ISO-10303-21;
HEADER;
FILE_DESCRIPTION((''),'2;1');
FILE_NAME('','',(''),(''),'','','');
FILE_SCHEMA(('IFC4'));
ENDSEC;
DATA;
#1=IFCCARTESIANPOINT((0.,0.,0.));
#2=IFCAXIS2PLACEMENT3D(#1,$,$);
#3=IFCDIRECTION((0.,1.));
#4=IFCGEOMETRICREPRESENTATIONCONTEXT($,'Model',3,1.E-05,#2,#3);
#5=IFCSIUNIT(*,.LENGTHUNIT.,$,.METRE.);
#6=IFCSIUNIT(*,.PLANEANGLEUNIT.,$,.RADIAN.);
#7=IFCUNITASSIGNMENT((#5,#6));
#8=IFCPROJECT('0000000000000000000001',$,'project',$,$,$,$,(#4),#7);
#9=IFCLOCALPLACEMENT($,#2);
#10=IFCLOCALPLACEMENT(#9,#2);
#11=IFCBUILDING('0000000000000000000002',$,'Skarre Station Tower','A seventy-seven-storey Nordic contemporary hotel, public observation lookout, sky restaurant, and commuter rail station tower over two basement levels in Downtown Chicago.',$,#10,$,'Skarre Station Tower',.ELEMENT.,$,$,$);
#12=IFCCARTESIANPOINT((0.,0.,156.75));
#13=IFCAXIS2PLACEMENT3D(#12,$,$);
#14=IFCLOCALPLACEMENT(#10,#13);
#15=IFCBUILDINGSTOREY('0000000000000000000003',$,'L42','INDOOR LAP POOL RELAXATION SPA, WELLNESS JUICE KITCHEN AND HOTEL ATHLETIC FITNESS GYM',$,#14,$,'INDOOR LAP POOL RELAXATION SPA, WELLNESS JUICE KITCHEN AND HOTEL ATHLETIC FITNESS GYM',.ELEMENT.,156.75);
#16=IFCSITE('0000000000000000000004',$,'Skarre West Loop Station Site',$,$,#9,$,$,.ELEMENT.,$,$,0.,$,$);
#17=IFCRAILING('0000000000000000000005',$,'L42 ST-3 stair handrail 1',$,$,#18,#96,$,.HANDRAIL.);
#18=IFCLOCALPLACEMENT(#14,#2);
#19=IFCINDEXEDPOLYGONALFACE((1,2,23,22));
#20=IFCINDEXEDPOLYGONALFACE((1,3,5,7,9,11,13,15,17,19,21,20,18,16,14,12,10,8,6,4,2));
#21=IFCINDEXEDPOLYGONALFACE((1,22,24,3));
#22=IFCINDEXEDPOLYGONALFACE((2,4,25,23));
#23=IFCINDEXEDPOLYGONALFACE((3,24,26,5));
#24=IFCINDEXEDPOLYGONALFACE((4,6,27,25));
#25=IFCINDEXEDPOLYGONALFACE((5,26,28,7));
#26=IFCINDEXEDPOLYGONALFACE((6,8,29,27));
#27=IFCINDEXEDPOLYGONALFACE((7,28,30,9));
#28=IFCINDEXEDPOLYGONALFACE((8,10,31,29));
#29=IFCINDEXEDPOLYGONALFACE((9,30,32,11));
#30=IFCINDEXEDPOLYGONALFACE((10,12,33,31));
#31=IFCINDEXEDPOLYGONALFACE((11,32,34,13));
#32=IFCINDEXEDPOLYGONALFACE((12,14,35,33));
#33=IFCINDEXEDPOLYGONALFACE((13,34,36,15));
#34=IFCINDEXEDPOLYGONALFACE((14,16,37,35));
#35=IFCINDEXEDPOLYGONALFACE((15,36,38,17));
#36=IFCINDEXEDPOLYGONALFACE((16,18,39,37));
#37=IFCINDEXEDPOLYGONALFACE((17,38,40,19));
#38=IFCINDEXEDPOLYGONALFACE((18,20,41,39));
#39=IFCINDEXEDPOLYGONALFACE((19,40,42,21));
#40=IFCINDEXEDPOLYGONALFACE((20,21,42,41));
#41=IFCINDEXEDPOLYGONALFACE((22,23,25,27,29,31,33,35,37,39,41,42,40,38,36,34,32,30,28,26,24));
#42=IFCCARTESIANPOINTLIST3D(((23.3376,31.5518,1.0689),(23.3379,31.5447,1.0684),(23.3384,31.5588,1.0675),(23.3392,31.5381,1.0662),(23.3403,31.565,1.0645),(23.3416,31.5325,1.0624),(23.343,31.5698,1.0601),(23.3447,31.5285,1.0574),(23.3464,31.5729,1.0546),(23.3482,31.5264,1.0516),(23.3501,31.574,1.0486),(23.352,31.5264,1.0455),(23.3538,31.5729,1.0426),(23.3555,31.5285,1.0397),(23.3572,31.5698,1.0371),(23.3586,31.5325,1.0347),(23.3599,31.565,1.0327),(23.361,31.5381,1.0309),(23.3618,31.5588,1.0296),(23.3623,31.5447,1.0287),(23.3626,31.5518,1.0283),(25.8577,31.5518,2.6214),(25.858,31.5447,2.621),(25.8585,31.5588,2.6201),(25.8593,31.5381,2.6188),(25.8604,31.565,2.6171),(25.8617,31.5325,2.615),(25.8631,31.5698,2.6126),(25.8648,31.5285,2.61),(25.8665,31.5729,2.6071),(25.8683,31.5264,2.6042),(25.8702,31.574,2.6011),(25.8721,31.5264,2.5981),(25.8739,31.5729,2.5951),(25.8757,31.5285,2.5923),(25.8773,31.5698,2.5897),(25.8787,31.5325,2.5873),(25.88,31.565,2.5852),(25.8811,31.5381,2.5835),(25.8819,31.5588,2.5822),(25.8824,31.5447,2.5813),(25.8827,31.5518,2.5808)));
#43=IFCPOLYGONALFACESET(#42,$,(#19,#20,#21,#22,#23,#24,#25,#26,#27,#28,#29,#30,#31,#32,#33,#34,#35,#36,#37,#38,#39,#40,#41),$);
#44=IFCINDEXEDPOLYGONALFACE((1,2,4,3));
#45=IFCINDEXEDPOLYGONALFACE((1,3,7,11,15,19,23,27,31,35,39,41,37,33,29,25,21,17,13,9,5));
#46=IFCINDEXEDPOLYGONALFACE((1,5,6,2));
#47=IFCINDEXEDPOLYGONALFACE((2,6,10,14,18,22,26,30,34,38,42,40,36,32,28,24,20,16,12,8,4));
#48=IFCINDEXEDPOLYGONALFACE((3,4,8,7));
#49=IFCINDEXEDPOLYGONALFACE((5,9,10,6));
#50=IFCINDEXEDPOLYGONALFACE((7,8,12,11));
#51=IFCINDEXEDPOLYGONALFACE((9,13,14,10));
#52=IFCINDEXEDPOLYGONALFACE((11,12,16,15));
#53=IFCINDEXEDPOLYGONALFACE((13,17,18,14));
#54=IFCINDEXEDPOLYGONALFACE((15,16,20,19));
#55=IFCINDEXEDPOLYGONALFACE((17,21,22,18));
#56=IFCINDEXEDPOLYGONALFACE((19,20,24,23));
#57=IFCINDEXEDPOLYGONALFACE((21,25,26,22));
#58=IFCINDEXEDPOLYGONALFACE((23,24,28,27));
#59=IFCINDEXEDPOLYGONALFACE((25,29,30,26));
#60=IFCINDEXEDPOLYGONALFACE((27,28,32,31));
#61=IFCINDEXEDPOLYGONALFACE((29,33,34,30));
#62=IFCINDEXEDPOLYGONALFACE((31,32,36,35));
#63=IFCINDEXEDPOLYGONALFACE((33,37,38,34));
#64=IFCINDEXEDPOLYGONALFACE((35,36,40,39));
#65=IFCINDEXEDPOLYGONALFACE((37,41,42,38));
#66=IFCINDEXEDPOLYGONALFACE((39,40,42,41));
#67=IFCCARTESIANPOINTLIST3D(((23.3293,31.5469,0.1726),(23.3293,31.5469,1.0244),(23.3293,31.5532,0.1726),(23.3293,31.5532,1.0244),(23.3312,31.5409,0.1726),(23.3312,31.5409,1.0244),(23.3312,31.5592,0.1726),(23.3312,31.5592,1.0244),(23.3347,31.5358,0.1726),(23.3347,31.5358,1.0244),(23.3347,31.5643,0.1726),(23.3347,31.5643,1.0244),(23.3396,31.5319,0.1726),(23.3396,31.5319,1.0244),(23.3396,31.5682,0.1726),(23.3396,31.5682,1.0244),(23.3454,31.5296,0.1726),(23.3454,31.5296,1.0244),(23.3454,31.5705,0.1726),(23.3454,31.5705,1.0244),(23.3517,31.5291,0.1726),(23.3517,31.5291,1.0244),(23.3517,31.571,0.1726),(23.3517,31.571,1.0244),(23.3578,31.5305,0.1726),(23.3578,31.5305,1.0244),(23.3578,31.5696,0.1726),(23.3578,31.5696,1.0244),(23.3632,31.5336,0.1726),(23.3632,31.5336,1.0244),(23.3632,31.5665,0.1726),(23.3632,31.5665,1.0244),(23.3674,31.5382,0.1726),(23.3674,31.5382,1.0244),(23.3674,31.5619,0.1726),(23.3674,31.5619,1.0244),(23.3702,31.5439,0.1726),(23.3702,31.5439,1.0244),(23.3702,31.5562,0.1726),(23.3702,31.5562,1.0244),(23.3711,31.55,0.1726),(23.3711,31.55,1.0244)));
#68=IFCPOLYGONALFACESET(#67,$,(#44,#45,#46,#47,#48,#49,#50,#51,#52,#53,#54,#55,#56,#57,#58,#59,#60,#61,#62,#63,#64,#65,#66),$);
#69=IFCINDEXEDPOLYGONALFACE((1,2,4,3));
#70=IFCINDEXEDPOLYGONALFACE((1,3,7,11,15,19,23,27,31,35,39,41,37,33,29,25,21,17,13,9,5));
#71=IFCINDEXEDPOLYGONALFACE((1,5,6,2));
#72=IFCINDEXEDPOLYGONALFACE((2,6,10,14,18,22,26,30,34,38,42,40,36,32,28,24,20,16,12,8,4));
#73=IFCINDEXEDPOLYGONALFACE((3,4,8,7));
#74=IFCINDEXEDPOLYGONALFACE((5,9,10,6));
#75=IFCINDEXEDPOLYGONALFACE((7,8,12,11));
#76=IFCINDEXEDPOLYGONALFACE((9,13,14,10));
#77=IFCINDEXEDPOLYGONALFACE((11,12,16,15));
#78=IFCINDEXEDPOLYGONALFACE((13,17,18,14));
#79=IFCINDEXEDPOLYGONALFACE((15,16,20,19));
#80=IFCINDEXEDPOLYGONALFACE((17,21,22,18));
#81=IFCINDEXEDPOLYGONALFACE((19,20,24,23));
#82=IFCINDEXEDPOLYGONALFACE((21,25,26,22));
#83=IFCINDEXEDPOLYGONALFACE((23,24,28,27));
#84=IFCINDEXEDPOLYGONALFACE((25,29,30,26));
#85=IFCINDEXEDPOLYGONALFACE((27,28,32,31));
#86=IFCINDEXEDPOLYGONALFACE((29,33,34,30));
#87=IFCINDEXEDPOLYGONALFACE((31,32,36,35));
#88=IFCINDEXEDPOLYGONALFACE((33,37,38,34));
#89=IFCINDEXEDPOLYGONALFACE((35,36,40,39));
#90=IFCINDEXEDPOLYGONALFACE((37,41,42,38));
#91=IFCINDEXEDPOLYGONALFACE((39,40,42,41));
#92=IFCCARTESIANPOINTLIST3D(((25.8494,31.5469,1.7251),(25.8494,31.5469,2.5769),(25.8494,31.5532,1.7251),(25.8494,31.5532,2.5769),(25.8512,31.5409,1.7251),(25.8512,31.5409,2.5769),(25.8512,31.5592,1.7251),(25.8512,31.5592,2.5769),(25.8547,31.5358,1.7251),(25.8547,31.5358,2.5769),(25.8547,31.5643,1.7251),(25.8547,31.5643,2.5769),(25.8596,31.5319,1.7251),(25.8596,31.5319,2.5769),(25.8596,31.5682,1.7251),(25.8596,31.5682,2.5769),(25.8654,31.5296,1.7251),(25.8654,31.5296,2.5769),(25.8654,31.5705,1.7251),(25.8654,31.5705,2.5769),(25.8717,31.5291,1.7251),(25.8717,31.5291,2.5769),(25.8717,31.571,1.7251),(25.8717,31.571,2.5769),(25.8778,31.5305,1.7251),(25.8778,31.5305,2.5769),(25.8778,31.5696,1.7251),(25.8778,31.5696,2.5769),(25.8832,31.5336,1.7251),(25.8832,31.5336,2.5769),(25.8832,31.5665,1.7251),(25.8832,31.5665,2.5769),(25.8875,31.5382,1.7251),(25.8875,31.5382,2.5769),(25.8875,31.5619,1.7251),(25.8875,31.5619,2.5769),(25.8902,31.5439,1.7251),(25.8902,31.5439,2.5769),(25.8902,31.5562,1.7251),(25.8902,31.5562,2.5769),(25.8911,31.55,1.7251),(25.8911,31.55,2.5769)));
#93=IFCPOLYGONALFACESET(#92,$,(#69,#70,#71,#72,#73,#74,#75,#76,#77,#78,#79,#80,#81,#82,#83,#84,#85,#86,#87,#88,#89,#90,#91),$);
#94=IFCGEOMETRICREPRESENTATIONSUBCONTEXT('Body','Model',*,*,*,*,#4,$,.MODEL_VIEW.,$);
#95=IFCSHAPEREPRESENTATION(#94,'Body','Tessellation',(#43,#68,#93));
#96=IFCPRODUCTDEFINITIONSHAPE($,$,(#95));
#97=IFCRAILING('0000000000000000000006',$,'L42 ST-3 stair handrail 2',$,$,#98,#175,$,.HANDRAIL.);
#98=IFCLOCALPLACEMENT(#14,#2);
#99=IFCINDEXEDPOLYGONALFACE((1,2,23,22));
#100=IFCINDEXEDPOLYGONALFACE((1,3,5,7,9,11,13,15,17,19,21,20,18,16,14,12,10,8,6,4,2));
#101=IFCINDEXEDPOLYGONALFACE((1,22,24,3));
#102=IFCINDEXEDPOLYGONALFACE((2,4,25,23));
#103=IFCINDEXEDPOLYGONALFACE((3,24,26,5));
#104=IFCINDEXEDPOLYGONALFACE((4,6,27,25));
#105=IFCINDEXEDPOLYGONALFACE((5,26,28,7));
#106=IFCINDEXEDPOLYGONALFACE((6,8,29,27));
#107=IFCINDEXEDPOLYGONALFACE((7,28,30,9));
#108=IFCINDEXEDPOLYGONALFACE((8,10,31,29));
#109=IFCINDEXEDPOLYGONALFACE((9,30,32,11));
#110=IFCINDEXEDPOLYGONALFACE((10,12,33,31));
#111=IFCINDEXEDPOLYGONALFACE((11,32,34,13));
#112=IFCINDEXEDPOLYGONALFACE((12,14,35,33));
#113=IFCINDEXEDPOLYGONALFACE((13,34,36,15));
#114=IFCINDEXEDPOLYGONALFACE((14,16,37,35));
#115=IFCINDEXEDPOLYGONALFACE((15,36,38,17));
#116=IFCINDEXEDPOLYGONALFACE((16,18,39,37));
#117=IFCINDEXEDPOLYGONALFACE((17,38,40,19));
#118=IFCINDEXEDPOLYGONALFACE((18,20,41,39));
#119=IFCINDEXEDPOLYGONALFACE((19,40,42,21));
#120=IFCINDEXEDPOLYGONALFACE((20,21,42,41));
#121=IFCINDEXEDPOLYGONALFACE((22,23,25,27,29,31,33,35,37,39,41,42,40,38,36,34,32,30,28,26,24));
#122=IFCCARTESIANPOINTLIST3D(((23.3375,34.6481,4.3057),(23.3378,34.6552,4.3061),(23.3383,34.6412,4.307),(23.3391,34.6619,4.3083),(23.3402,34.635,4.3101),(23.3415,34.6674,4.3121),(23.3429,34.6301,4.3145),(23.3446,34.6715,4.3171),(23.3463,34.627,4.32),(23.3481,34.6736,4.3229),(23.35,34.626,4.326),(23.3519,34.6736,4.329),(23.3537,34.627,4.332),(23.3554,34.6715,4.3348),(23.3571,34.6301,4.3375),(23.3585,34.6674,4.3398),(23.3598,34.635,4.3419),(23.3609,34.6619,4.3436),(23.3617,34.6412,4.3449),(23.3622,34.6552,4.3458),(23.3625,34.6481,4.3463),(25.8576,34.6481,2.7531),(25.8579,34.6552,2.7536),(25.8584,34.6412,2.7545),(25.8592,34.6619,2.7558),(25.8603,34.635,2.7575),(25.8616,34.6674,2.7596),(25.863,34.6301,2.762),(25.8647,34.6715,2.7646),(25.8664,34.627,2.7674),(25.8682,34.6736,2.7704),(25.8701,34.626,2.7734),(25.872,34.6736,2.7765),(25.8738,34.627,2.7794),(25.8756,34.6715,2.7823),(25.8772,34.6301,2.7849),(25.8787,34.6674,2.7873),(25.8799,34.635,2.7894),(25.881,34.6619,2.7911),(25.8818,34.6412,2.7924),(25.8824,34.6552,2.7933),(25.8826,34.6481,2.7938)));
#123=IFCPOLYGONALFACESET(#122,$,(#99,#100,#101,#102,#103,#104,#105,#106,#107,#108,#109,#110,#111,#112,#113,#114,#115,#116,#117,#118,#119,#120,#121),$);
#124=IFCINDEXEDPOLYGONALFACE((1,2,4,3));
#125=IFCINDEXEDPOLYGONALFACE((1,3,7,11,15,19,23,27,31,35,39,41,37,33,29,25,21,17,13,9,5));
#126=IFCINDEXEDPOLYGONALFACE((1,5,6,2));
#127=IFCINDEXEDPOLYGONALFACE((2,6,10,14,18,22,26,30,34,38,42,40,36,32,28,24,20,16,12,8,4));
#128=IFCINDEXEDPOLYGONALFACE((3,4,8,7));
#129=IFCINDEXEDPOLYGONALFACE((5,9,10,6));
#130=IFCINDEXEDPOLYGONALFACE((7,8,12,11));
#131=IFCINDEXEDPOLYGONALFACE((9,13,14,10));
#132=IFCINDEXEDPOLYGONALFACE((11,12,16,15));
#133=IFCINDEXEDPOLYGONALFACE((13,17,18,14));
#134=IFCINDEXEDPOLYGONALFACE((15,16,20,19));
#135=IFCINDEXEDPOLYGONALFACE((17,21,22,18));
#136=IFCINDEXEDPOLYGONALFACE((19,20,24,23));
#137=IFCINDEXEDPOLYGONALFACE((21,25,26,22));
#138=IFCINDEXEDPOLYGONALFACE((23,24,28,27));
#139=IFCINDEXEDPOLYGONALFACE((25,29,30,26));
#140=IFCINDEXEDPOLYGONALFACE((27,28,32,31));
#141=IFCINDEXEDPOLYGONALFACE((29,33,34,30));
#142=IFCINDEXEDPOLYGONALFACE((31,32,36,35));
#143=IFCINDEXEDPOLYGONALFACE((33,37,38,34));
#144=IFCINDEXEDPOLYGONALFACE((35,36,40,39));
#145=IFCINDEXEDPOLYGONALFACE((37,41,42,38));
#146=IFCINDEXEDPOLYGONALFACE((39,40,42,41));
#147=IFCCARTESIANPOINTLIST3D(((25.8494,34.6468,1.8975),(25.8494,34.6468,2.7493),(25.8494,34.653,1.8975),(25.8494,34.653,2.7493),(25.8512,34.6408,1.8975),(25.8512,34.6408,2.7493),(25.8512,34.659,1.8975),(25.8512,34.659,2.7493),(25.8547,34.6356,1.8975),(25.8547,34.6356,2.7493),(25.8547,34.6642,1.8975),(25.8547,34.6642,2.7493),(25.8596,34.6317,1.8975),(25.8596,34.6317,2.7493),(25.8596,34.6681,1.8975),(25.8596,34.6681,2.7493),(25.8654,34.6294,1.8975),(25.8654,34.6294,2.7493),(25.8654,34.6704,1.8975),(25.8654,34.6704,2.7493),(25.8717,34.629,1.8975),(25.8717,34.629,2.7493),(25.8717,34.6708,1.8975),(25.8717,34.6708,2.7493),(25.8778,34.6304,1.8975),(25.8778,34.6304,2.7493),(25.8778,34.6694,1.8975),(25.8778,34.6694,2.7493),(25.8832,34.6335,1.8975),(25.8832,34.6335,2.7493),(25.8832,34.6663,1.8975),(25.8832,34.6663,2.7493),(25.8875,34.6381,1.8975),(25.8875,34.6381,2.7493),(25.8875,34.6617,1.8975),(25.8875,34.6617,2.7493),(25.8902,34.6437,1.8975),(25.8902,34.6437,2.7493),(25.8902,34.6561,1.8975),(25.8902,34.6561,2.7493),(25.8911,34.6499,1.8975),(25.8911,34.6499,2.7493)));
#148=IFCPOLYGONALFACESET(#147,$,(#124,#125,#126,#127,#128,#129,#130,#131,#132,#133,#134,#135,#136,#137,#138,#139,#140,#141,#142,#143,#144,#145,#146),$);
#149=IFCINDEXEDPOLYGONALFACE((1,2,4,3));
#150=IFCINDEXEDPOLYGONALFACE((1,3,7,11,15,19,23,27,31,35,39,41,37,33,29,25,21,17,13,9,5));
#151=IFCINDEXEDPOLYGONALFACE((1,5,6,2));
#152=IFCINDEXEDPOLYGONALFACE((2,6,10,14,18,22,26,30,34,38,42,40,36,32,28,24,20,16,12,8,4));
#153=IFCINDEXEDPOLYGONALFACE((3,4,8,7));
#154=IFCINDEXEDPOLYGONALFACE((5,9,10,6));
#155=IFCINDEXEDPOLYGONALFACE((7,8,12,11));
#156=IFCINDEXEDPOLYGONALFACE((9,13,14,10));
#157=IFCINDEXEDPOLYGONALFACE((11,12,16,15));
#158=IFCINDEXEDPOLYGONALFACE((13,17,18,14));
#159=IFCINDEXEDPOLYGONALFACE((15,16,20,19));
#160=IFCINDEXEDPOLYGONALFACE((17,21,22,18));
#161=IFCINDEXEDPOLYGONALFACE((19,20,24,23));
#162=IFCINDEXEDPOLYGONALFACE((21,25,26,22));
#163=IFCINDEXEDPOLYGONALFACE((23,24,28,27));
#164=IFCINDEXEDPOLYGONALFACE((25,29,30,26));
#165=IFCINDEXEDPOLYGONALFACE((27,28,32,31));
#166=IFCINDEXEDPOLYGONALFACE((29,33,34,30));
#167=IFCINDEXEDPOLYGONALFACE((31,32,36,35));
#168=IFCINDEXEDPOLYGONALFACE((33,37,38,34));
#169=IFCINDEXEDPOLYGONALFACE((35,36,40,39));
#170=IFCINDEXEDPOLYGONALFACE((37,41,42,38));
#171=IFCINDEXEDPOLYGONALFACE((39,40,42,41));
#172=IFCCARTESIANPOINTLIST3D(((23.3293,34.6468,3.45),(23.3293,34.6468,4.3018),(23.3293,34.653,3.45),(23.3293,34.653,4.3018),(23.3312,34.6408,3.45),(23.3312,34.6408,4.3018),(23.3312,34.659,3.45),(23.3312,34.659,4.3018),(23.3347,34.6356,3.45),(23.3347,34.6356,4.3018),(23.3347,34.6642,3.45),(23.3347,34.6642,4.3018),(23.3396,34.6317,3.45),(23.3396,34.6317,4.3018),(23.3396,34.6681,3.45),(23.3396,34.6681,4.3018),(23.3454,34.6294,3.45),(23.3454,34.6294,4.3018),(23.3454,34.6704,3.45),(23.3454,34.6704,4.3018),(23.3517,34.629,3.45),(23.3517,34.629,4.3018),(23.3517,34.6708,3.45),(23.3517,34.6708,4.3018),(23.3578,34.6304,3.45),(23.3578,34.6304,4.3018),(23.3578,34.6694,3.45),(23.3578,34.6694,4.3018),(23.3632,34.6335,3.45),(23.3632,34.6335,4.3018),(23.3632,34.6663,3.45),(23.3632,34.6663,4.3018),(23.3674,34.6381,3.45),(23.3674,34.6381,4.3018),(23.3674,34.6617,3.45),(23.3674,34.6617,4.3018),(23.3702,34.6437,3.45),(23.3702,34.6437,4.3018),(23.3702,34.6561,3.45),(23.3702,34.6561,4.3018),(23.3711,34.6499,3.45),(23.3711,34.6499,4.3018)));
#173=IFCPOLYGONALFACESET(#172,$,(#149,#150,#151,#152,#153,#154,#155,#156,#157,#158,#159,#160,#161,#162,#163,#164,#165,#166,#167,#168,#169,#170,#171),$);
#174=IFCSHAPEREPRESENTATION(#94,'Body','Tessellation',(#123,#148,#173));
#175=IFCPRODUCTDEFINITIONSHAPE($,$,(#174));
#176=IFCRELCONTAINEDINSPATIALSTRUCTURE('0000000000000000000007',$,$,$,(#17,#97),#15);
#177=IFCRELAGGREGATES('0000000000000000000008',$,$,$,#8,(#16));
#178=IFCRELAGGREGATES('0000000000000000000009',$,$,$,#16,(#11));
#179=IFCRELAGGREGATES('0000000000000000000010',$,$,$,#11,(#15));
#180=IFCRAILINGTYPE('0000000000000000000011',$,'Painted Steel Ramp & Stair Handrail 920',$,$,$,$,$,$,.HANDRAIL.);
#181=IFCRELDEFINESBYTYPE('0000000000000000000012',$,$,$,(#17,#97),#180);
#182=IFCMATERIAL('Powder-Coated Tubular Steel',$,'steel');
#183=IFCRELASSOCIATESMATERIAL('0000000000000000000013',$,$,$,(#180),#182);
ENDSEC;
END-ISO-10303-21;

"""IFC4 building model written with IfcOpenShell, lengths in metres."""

from ifc_helpers import new_model, si_unit, direction, frame, origin, origin_2d, place, context, subcontext, project, spatial, circle, extrude, material, type_object, element, save


model = new_model("IFC4")

# Units and contexts
model_context = context("Model", 3, precision=1e-05, world=origin(), true_north=direction((0.0, 1.0)))
body_context = subcontext(model_context, "Body", "Model", "MODEL_VIEW")
ifc_project = project(units=[si_unit("LENGTHUNIT", "METRE"), si_unit("PLANEANGLEUNIT", "RADIAN")], contexts=[model_context])

# Site, building, storey
site_placement = place(None, origin())
site = spatial("IfcSite", under=ifc_project, at=site_placement, Name="Skarre West Loop Station Site", CompositionType="ELEMENT", RefElevation=0.0)
building_placement = place(site_placement, origin())
building = spatial("IfcBuilding", under=site, at=building_placement, Name="Skarre Station Tower", Description="A seventy-seven-storey Nordic contemporary hotel, public observation lookout, sky restaurant, and commuter rail station tower over two basement levels in Downtown Chicago.", LongName="Skarre Station Tower", CompositionType="ELEMENT")
storey_placement = place(building_placement, frame((0.0, 0.0, 156.75)))
storey = spatial("IfcBuildingStorey", under=building, at=storey_placement, Name="L42", Description="INDOOR LAP POOL RELAXATION SPA, WELLNESS JUICE KITCHEN AND HOTEL ATHLETIC FITNESS GYM", LongName="INDOOR LAP POOL RELAXATION SPA, WELLNESS JUICE KITCHEN AND HOTEL ATHLETIC FITNESS GYM", CompositionType="ELEMENT", Elevation=156.75)

# Railings
ifc_material_1 = material(Name="Powder-Coated Tubular Steel", Category="steel")
railing_type_1 = type_object("IfcRailingType", Name="Painted Steel Ramp & Stair Handrail 920", PredefinedType="HANDRAIL", material=ifc_material_1)
railing_1_placement = place(storey_placement, frame((23.3501, 31.55, 0.1726)))
element("IfcRailing", 1, at=railing_1_placement, inside=storey, type_object=railing_type_1, Name="L42 ST-3 stair handrail 1", PredefinedType="HANDRAIL", context=body_context, shape_type="SweptSolid", body=[
    extrude(circle(Radius=0.0239, at=origin_2d()), frame((0.0, 0.0, 0.876), z_axis=(0.8514, 0.0, 0.524516), x_axis=(0.0, 1.0, 0.0)), (0.0, 0.0, 1.0), 2.96),
    extrude(circle(Radius=0.021, at=origin_2d()), origin(), (0.0, 0.0, 1.0), 0.8518),
    extrude(circle(Radius=0.021, at=origin_2d()), frame((2.52, 0.0, 1.5525)), (0.0, 0.0, 1.0), 0.8518),
])
railing_2_placement = place(storey_placement, frame((25.8701, 34.6499, 1.8975)))
element("IfcRailing", 2, at=railing_2_placement, inside=storey, type_object=railing_type_1, Name="L42 ST-3 stair handrail 2", PredefinedType="HANDRAIL", context=body_context, shape_type="SweptSolid", body=[
    extrude(circle(Radius=0.0239, at=origin_2d()), frame((0.0, 0.0, 0.876), z_axis=(-0.8514, 0.0, 0.524516), x_axis=(0.0, -1.0, 0.0)), (0.0, 0.0, 1.0), 2.96),
    extrude(circle(Radius=0.021, at=origin_2d()), origin(), (0.0, 0.0, 1.0), 0.8518),
    extrude(circle(Radius=0.021, at=origin_2d()), frame((-2.52, 0.0, 1.5525)), (0.0, 0.0, 1.0), 0.8518),
])

save(model, "model.ifc")
